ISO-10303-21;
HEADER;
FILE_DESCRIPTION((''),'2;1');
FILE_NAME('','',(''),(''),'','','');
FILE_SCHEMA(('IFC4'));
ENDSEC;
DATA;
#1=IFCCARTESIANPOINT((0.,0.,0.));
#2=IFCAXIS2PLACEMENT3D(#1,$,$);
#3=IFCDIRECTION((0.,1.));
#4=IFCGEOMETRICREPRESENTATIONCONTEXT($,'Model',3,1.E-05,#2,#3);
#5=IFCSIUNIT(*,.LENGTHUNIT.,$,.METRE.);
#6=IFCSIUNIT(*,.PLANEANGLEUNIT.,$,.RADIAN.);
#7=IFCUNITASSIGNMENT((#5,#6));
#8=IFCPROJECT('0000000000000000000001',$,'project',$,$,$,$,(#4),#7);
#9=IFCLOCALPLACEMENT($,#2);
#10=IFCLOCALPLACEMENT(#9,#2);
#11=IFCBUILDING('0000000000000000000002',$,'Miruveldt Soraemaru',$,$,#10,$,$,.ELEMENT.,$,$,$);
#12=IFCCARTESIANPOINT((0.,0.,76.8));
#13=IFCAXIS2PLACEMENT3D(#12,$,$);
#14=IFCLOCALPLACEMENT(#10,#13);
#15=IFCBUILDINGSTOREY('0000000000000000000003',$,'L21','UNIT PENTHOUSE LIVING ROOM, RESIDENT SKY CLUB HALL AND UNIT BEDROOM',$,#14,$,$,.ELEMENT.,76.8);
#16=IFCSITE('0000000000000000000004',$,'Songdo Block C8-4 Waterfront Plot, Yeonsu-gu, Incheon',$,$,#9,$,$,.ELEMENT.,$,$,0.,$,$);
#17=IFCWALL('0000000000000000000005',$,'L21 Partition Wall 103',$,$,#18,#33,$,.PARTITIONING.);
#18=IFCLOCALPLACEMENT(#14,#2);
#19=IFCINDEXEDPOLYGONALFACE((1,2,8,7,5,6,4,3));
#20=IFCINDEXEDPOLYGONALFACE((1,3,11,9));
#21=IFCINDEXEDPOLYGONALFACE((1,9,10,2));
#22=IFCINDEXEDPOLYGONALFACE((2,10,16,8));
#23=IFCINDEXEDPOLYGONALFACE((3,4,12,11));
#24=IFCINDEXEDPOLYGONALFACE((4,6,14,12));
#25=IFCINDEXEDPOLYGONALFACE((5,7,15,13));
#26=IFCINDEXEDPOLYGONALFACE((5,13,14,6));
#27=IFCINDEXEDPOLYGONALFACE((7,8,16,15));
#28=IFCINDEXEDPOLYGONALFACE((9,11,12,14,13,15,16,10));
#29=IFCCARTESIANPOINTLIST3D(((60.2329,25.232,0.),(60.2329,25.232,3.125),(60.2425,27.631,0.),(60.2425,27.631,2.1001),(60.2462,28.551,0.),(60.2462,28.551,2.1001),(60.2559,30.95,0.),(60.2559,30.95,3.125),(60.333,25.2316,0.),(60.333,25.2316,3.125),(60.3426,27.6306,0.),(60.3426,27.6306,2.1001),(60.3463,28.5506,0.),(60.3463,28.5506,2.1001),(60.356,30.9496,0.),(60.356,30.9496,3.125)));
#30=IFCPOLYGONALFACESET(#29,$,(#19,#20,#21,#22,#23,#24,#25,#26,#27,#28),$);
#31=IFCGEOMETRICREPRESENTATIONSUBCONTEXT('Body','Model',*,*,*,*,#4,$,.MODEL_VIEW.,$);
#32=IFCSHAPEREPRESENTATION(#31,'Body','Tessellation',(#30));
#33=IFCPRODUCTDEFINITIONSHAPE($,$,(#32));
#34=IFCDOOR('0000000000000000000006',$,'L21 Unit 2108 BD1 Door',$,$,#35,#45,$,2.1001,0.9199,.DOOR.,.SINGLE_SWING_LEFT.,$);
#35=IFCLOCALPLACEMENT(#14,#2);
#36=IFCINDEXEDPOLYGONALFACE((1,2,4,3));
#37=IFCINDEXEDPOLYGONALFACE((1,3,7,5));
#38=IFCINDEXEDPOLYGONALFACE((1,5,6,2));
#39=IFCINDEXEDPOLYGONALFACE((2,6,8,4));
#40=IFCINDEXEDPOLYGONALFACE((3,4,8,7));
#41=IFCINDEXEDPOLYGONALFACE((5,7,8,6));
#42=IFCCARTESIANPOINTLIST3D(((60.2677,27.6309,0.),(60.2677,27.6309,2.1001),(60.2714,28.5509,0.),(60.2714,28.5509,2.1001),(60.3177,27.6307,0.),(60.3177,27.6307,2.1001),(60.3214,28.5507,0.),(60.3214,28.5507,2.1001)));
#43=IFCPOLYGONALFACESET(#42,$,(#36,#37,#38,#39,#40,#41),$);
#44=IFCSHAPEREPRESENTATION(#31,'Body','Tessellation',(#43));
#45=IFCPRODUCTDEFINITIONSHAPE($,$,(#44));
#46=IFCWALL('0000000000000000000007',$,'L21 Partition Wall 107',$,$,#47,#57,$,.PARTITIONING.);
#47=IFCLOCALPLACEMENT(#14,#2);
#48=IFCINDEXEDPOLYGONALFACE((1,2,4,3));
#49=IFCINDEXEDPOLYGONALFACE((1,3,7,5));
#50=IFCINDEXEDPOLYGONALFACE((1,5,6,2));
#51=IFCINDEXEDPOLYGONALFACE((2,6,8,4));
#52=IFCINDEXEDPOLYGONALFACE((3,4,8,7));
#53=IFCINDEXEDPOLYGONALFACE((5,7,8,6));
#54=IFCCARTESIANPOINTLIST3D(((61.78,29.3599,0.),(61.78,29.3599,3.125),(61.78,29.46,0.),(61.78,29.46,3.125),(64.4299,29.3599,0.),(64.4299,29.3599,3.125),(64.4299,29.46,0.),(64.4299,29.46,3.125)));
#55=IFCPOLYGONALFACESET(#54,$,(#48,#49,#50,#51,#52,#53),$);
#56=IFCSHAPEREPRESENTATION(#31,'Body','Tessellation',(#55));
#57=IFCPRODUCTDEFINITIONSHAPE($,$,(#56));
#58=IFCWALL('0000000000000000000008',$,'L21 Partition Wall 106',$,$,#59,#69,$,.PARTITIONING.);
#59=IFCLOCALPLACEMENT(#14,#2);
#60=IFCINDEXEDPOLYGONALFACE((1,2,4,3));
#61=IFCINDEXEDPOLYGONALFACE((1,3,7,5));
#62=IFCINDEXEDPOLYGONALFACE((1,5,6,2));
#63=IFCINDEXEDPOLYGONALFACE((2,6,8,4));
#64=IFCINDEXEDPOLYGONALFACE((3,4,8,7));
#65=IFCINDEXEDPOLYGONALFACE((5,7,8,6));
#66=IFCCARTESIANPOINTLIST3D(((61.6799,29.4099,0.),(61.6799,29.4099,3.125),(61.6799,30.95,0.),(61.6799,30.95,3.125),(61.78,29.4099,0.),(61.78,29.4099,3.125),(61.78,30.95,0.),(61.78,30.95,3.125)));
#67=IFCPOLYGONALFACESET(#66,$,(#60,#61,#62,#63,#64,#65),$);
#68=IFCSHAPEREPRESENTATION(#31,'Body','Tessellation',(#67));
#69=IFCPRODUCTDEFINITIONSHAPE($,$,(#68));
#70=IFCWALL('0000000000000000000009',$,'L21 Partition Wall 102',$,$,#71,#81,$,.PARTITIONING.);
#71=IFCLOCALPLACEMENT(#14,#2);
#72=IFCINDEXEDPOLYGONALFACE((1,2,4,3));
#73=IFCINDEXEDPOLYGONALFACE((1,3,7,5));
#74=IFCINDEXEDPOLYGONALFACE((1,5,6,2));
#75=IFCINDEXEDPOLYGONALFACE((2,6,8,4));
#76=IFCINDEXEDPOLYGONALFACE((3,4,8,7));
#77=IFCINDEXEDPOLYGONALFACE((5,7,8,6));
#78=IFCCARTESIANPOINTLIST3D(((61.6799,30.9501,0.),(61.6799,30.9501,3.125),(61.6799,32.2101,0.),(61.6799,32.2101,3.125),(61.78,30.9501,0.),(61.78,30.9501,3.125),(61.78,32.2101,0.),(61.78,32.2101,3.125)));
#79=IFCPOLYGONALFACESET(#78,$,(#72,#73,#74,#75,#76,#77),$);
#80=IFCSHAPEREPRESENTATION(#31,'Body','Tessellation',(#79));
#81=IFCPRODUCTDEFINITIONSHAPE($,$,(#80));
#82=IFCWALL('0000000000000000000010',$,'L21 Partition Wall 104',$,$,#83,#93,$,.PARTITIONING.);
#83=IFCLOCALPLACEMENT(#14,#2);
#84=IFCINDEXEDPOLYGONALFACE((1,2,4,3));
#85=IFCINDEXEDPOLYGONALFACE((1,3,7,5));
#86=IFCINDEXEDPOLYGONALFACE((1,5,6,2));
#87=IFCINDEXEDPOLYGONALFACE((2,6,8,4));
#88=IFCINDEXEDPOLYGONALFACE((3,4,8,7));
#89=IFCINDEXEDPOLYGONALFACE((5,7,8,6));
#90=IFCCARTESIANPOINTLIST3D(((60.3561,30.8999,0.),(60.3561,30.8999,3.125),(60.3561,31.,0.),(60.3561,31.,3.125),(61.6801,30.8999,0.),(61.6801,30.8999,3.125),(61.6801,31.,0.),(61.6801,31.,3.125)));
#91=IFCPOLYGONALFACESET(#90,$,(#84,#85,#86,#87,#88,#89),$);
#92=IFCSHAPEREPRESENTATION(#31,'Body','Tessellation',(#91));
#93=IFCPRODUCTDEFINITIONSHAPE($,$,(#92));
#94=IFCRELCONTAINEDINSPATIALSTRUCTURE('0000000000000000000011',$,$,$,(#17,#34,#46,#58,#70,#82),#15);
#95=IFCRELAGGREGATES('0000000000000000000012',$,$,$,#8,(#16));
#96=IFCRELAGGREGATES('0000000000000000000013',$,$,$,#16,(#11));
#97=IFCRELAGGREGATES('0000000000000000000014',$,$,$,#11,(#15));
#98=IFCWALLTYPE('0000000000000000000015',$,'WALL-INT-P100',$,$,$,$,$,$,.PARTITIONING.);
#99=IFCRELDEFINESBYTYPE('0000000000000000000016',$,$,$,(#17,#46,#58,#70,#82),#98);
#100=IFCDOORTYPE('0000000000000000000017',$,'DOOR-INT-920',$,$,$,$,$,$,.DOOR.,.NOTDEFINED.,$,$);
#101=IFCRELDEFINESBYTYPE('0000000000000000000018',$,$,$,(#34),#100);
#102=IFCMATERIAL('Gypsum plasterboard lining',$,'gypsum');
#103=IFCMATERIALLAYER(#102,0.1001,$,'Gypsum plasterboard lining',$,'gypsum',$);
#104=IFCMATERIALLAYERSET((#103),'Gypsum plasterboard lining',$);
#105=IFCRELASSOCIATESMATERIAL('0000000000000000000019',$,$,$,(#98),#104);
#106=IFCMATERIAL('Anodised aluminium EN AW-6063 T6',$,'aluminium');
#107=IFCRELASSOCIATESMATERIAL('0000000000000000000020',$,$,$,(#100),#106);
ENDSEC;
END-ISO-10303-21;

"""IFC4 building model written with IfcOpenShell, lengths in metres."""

from ifc_helpers import new_model, si_unit, direction, frame, frame_2d, origin, place, context, subcontext, project, spatial, rectangle, extrude, material, layer, layer_set, type_object, element, fill, save


model = new_model("IFC4")

# Units and contexts
model_context = context("Model", 3, precision=1e-05, world=origin(), true_north=direction((0.0, 1.0)))
body_context = subcontext(model_context, "Body", "Model", "MODEL_VIEW")
ifc_project = project(units=[si_unit("LENGTHUNIT", "METRE"), si_unit("PLANEANGLEUNIT", "RADIAN")], contexts=[model_context])

# Site, building, storey
site_placement = place(None, origin())
site = spatial("IfcSite", under=ifc_project, at=site_placement, Name="Songdo Block C8-4 Waterfront Plot, Yeonsu-gu, Incheon", CompositionType="ELEMENT", RefElevation=0.0)
building_placement = place(site_placement, origin())
building = spatial("IfcBuilding", under=site, at=building_placement, Name="Miruveldt Soraemaru", CompositionType="ELEMENT")
storey_placement = place(building_placement, frame((0.0, 0.0, 76.8)))
storey = spatial("IfcBuildingStorey", under=building, at=storey_placement, Name="L21", Description="UNIT PENTHOUSE LIVING ROOM, RESIDENT SKY CLUB HALL AND UNIT BEDROOM", CompositionType="ELEMENT", Elevation=76.8)

# Wall, opening, door
ifc_material_1 = material(Name="Gypsum plasterboard lining", Category="gypsum")
ifc_layer_1 = layer(ifc_material_1, 0.1001, Name="Gypsum plasterboard lining", Category="gypsum")
ifc_layer_set_1 = layer_set([ifc_layer_1], Name="Gypsum plasterboard lining")
wall_type_1 = type_object("IfcWallType", Name="WALL-INT-P100", PredefinedType="PARTITIONING", material=ifc_layer_set_1)
wall_1_placement = place(storey_placement, frame((60.283, 25.2319, 0.0), z_axis=(0.0, 0.0, 1.0), x_axis=(0.004013, 0.999992, 0.0)))
wall_1 = element("IfcWall", 1, at=wall_1_placement, inside=storey, type_object=wall_type_1, Name="L21 Partition Wall 103", PredefinedType="PARTITIONING", context=body_context, shape_type="SweptSolid", body=[
    extrude(rectangle(XDim=5.718, YDim=0.1001, at=frame_2d((2.8589, 0.0))), origin(), (0.0, 0.0, 1.0), 3.125),
])
opening_1_placement = place(wall_1_placement, frame((2.3989, 0.0, 0.0)))
opening_1 = element("IfcOpeningElement", 2, at=opening_1_placement, cuts=wall_1, PredefinedType="OPENING", context=body_context, shape_type="SweptSolid", body=[
    extrude(rectangle(XDim=0.9199, YDim=2.1001, at=frame_2d((0.46, 1.05))), frame((0.0, 0.0601, 0.0), z_axis=(0.0, -1.0, 0.0), x_axis=(1.0, 0.0, 0.0)), (0.0, 0.0, 1.0), 0.1201),
])
ifc_material_2 = material(Name="Anodised aluminium EN AW-6063 T6", Category="aluminium")
door_type = type_object("IfcDoorType", Name="DOOR-INT-920", OperationType="NOTDEFINED", PredefinedType="DOOR", material=ifc_material_2)
door_placement = place(opening_1_placement, origin())
door = element("IfcDoor", 3, at=door_placement, inside=storey, type_object=door_type, Name="L21 Unit 2108 BD1 Door", OperationType="SINGLE_SWING_LEFT", OverallHeight=2.1001, OverallWidth=0.9199, PredefinedType="DOOR", context=body_context, shape_type="SweptSolid", body=[
    extrude(rectangle(XDim=0.9199, YDim=2.1001, at=frame_2d((0.46, 1.05))), frame((0.0, 0.0249, 0.0), z_axis=(0.0, -1.0, 0.0), x_axis=(1.0, 0.0, 0.0)), (0.0, 0.0, 1.0), 0.05),
])
fill(opening_1, door)

# Walls
wall_2_placement = place(storey_placement, frame((61.78, 29.4099, 0.0), z_axis=(0.0, 0.0, 1.0), x_axis=(1.0, 0.0, 0.0)))
element("IfcWall", 4, at=wall_2_placement, inside=storey, type_object=wall_type_1, Name="L21 Partition Wall 107", PredefinedType="PARTITIONING", context=body_context, shape_type="SweptSolid", body=[
    extrude(rectangle(XDim=2.6499, YDim=0.1001, at=frame_2d((1.325, 0.0))), origin(), (0.0, 0.0, 1.0), 3.125),
])
wall_3_placement = place(storey_placement, frame((61.73, 30.95, 0.0), z_axis=(0.0, 0.0, 1.0), x_axis=(0.0, -1.0, 0.0)))
element("IfcWall", 5, at=wall_3_placement, inside=storey, type_object=wall_type_1, Name="L21 Partition Wall 106", PredefinedType="PARTITIONING", context=body_context, shape_type="SweptSolid", body=[
    extrude(rectangle(XDim=1.54, YDim=0.1001, at=frame_2d((0.77, 0.0))), origin(), (0.0, 0.0, 1.0), 3.125),
])
wall_4_placement = place(storey_placement, frame((61.73, 32.21, 0.0), z_axis=(0.0, 0.0, 1.0), x_axis=(0.0, -1.0, 0.0)))
element("IfcWall", 6, at=wall_4_placement, inside=storey, type_object=wall_type_1, Name="L21 Partition Wall 102", PredefinedType="PARTITIONING", context=body_context, shape_type="SweptSolid", body=[
    extrude(rectangle(XDim=1.26, YDim=0.1001, at=frame_2d((0.6299, 0.0))), origin(), (0.0, 0.0, 1.0), 3.125),
])
wall_5_placement = place(storey_placement, frame((60.356, 30.95, 0.0), z_axis=(0.0, 0.0, 1.0), x_axis=(1.0, 0.0, 0.0)))
element("IfcWall", 7, at=wall_5_placement, inside=storey, type_object=wall_type_1, Name="L21 Partition Wall 104", PredefinedType="PARTITIONING", context=body_context, shape_type="SweptSolid", body=[
    extrude(rectangle(XDim=1.324, YDim=0.1001, at=frame_2d((0.6621, 0.0))), origin(), (0.0, 0.0, 1.0), 3.125),
])

save(model, "model.ifc")
